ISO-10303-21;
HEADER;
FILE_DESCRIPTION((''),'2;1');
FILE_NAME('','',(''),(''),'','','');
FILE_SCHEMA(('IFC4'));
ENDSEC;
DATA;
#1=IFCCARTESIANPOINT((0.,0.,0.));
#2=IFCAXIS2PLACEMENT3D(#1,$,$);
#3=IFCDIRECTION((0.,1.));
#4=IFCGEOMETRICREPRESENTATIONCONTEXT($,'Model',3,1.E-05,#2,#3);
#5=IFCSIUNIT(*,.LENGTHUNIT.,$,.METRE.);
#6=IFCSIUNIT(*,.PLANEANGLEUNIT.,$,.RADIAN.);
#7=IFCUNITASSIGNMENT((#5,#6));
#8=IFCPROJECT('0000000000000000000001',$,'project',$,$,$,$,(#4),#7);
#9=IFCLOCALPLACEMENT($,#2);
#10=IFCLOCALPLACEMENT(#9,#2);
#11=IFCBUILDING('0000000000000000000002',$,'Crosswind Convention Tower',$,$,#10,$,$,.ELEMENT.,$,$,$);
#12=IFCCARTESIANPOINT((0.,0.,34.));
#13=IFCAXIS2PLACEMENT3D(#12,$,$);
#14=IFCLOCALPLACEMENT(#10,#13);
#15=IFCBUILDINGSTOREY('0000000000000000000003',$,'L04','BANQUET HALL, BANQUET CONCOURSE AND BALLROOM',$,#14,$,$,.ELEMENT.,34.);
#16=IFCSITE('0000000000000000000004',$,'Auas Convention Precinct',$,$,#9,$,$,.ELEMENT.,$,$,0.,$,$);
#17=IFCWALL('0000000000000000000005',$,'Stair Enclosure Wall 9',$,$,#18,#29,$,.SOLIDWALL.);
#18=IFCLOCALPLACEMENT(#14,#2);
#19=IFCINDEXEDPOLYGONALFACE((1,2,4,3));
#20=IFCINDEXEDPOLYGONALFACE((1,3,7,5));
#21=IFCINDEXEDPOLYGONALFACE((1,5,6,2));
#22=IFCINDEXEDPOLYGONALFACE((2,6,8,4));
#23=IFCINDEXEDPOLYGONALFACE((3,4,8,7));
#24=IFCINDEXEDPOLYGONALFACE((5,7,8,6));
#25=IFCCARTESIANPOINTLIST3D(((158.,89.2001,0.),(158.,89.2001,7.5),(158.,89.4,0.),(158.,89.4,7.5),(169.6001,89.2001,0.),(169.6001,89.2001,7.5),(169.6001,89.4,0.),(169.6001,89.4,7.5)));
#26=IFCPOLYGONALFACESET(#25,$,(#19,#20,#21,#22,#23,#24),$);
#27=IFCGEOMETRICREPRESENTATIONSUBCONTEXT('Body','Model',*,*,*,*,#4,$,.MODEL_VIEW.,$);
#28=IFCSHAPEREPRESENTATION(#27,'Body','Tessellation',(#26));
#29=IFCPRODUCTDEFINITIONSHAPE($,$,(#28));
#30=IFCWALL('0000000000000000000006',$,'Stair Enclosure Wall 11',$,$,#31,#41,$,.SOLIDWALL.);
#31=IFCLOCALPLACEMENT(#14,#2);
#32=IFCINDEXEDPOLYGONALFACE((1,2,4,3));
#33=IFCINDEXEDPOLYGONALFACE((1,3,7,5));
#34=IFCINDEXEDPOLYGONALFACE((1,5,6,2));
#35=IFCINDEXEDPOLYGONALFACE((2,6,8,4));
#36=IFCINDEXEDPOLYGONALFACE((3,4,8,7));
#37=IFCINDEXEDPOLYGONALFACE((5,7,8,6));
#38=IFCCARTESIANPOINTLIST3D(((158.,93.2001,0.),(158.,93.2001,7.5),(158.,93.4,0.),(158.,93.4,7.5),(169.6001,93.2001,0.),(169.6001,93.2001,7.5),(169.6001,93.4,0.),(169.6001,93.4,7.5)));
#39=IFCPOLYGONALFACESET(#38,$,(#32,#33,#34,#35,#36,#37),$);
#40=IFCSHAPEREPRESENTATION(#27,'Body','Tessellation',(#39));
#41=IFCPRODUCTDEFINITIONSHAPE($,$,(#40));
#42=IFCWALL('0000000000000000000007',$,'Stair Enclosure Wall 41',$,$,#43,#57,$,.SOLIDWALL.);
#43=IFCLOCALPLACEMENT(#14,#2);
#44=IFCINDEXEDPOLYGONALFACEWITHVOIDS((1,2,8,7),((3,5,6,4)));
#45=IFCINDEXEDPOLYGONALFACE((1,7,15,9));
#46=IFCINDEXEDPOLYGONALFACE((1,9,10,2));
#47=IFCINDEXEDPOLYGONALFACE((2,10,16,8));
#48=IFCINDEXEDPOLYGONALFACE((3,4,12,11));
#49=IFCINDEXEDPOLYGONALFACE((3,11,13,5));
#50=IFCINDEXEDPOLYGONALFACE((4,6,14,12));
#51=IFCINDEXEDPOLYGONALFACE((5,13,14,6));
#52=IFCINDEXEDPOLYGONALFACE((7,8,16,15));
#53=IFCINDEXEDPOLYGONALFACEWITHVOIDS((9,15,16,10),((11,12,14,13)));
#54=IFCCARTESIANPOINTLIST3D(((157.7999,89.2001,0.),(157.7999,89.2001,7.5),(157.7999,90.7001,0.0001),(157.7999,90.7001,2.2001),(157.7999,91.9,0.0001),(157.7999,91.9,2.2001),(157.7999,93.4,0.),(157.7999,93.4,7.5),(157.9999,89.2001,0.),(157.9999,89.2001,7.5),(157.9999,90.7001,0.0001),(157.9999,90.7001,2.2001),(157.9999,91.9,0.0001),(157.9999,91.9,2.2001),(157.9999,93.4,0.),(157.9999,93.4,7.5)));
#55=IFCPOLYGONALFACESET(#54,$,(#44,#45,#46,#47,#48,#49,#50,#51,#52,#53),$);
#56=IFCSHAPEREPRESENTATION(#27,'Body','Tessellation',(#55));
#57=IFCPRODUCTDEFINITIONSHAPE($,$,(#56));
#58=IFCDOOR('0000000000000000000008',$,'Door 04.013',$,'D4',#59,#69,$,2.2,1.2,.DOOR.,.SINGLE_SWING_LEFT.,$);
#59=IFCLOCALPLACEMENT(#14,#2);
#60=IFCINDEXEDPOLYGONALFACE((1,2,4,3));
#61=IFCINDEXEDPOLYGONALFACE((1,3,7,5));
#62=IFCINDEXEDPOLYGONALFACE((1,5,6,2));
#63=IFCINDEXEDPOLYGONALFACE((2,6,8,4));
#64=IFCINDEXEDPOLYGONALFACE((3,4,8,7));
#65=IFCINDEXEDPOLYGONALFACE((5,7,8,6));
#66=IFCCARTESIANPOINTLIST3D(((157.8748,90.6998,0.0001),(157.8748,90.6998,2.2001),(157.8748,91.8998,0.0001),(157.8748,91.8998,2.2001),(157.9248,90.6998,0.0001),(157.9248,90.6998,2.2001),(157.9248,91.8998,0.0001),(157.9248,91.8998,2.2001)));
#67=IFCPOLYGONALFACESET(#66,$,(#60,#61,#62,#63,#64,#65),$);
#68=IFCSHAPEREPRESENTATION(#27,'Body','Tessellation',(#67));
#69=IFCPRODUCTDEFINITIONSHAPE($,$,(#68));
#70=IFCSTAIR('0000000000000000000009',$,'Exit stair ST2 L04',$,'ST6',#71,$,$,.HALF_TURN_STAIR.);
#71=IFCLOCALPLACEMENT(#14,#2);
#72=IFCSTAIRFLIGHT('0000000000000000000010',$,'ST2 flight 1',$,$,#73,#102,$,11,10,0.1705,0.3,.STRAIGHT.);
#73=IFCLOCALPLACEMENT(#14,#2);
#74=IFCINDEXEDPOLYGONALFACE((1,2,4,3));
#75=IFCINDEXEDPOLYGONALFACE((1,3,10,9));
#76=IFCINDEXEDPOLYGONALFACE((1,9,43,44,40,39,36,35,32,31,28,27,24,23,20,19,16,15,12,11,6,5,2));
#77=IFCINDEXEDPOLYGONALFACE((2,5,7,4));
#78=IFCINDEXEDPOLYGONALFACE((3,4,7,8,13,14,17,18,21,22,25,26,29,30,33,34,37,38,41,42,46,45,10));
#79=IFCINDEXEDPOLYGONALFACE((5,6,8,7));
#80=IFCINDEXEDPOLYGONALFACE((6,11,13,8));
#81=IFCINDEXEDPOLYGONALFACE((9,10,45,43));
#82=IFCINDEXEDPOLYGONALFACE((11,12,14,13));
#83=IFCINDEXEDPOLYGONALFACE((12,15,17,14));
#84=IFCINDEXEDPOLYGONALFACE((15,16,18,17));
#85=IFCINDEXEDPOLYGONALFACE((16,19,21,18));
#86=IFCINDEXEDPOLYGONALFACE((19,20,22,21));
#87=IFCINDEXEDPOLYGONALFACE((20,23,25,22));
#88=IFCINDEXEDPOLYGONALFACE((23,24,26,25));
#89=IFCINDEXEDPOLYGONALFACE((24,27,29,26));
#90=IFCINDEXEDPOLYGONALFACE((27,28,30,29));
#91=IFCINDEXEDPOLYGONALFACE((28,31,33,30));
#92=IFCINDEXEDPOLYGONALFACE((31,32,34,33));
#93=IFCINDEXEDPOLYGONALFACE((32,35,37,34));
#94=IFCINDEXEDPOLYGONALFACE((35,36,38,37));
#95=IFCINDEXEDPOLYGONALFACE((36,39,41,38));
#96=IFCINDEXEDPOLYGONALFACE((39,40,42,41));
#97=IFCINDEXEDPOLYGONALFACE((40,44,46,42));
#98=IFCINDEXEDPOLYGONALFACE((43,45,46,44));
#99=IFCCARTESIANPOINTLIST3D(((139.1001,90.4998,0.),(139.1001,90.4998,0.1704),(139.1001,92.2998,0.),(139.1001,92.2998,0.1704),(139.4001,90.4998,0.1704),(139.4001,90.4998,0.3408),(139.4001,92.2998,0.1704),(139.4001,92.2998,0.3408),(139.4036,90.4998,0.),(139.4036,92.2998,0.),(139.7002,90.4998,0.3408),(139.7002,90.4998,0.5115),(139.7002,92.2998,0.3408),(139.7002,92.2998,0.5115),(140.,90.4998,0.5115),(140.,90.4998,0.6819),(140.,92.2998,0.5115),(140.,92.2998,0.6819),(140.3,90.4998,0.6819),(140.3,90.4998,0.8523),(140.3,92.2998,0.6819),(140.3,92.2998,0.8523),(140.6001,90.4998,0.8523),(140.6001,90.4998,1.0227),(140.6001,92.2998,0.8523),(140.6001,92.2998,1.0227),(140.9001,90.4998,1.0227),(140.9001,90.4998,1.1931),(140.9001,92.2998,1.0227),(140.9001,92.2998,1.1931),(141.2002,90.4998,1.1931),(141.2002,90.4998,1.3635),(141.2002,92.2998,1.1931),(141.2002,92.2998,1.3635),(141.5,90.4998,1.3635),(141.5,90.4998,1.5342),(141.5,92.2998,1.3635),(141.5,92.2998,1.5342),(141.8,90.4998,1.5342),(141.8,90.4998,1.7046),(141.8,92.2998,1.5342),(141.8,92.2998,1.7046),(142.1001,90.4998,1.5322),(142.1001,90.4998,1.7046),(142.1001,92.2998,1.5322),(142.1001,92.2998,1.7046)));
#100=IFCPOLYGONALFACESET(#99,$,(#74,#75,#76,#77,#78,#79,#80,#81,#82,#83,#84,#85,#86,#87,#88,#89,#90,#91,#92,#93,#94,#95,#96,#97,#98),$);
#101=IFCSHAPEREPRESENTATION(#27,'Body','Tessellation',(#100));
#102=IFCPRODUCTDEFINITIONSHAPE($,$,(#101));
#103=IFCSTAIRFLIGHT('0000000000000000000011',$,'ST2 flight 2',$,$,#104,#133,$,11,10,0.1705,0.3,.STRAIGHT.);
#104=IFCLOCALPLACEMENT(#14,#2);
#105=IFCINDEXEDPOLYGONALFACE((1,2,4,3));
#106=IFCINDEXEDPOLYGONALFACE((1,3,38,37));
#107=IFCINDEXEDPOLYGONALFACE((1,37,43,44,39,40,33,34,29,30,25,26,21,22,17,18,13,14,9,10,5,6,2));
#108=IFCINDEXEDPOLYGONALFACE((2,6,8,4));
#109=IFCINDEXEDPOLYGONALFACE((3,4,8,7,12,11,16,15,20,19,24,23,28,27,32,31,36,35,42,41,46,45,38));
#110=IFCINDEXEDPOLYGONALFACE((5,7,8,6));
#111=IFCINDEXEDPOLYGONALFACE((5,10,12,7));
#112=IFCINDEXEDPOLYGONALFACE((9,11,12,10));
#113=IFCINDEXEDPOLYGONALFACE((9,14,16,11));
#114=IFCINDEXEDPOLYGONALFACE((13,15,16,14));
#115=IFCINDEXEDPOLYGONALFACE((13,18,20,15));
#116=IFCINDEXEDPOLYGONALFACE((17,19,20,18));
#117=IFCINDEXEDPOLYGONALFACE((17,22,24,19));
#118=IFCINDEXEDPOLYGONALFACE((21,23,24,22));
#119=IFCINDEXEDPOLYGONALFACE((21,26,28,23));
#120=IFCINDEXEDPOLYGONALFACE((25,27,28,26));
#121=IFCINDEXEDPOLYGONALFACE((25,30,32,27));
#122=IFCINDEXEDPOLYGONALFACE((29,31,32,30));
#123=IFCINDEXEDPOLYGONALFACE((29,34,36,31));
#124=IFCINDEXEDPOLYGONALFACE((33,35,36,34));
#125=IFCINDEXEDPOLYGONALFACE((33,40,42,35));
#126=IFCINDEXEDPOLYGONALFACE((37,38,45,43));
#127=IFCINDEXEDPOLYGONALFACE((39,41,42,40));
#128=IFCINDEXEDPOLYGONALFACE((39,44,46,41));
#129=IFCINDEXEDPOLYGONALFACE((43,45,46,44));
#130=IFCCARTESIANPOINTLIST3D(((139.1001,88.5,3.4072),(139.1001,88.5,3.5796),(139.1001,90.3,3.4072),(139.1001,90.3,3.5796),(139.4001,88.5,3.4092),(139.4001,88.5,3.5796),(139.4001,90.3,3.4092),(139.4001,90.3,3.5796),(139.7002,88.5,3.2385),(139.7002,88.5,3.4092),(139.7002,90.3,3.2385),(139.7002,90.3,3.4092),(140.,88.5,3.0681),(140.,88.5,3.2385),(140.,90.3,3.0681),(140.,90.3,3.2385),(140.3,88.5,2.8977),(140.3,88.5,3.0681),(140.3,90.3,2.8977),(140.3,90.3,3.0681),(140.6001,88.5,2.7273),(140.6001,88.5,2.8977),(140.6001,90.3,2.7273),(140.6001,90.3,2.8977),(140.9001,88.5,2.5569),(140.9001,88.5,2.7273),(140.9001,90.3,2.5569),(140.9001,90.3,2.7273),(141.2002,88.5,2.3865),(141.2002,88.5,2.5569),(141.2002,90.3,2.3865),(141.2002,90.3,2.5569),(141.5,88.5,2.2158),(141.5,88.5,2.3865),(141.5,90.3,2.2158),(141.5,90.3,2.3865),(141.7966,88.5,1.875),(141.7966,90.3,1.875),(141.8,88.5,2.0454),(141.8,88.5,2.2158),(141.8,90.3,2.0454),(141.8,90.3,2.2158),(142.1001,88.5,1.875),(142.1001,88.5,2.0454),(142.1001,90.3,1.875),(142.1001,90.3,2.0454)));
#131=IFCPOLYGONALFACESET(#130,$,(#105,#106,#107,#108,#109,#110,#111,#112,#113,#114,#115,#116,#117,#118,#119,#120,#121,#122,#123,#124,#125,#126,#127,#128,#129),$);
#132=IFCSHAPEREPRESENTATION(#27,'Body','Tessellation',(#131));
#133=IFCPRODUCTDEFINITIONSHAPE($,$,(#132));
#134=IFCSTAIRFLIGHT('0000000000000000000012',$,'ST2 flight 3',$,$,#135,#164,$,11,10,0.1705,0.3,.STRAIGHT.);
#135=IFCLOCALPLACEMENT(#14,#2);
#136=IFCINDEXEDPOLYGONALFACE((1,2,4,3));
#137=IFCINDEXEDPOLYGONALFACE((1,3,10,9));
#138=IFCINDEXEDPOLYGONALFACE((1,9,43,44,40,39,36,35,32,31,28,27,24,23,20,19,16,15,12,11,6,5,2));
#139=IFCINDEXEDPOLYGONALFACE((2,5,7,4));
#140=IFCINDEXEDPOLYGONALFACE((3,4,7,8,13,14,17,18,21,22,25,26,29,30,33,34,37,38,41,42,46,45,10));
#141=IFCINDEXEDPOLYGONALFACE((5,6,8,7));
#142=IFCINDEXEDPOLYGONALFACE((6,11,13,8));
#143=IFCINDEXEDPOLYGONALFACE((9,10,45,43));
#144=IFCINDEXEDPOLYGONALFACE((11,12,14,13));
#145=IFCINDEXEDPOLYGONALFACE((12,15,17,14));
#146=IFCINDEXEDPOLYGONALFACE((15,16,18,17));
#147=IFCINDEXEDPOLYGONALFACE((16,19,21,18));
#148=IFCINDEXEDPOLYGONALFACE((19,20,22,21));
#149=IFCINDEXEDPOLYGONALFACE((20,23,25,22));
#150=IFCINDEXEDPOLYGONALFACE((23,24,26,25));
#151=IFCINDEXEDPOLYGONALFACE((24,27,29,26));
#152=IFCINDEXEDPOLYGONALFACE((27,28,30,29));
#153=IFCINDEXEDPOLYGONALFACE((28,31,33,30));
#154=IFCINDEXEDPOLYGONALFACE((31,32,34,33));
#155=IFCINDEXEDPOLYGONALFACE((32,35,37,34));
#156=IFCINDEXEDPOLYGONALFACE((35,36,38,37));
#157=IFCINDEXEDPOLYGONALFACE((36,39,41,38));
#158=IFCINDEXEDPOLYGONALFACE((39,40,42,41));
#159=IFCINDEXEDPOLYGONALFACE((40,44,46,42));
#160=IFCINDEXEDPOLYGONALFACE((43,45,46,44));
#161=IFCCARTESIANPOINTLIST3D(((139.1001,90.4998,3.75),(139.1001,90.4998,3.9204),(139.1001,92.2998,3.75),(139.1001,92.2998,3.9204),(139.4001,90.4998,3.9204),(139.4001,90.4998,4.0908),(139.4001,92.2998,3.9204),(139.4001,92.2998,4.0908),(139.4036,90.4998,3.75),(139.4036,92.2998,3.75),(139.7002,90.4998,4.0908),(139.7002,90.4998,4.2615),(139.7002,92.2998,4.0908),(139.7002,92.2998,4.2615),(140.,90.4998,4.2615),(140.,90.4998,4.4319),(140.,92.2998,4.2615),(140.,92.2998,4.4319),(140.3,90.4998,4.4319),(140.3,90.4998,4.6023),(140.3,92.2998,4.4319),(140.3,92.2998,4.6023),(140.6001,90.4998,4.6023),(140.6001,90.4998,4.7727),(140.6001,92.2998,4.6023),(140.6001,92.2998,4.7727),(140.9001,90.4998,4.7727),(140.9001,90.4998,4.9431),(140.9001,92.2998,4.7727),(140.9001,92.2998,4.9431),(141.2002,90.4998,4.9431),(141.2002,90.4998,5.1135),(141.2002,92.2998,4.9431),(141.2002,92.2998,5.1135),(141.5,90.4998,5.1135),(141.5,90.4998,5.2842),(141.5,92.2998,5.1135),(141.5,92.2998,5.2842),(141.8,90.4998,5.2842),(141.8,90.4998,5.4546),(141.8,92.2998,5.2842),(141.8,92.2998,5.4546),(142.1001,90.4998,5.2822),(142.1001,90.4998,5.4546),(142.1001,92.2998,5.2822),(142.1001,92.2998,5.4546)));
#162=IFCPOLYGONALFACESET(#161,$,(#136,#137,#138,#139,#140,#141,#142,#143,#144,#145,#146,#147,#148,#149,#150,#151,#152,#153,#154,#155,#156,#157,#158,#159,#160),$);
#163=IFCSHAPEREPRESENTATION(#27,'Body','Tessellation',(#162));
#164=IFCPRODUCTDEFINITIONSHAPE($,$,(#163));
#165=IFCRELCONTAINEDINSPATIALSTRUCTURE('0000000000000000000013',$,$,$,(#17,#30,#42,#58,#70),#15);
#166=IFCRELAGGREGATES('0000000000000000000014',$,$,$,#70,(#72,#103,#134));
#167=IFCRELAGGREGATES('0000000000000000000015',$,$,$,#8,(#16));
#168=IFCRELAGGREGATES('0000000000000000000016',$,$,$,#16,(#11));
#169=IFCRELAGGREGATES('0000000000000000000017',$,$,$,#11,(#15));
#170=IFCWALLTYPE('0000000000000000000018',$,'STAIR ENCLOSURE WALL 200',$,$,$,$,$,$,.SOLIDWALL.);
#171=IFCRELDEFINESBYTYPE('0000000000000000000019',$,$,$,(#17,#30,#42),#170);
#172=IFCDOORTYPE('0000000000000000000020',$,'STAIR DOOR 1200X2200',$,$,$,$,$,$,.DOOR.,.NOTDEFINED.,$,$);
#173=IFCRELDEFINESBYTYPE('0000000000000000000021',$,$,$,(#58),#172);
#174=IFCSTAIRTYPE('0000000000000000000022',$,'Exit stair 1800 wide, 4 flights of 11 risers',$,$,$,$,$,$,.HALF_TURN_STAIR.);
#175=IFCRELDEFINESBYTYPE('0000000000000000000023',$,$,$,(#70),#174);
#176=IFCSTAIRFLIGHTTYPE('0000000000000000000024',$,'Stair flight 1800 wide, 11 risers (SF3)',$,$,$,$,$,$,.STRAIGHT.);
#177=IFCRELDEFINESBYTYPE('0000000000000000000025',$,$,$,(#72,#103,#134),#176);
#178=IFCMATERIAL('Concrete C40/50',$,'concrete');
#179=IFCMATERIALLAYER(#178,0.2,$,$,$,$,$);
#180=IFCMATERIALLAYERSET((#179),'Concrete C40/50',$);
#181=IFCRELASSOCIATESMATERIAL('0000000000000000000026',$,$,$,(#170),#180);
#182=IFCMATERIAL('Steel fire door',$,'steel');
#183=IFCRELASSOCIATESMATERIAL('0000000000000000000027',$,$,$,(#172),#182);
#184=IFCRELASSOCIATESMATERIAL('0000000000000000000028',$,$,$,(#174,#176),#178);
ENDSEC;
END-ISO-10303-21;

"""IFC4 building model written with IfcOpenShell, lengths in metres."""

from ifc_helpers import new_model, si_unit, direction, frame, frame_2d, origin, place, context, subcontext, project, spatial, polyline, rectangle, outline, extrude, material, layer, layer_set, type_object, element, fill, aggregate, save


model = new_model("IFC4")

# Units and contexts
model_context = context("Model", 3, precision=1e-05, world=origin(), true_north=direction((0.0, 1.0)))
body_context = subcontext(model_context, "Body", "Model", "MODEL_VIEW")
ifc_project = project(units=[si_unit("LENGTHUNIT", "METRE"), si_unit("PLANEANGLEUNIT", "RADIAN")], contexts=[model_context])

# Site, building, storey
site_placement = place(None, origin())
site = spatial("IfcSite", under=ifc_project, at=site_placement, Name="Auas Convention Precinct", CompositionType="ELEMENT", RefElevation=0.0)
building_placement = place(site_placement, origin())
building = spatial("IfcBuilding", under=site, at=building_placement, Name="Crosswind Convention Tower", CompositionType="ELEMENT")
storey_placement = place(building_placement, frame((0.0, 0.0, 34.0)))
storey = spatial("IfcBuildingStorey", under=building, at=storey_placement, Name="L04", Description="BANQUET HALL, BANQUET CONCOURSE AND BALLROOM", CompositionType="ELEMENT", Elevation=34.0)

# Shared definitions
ifc_material_1 = material(Name="Steel fire door", Category="steel")

# Walls
ifc_material_2 = material(Name="Concrete C40/50", Category="concrete")
ifc_layer_1 = layer(ifc_material_2, 0.2)
ifc_layer_set_1 = layer_set([ifc_layer_1], Name="Concrete C40/50")
wall_type_1 = type_object("IfcWallType", Name="STAIR ENCLOSURE WALL 200", PredefinedType="SOLIDWALL", material=ifc_layer_set_1)
for number, where, z_axis, x_axis, name in (
    (1, (158.0, 89.3, 0.0), (0.0, 0.0, 1.0), (1.0, 0.0, 0.0), "Stair Enclosure Wall 9"),
    (2, (158.0, 93.3, 0.0), (0.0, 0.0, 1.0), (1.0, 0.0, 0.0), "Stair Enclosure Wall 11"),
):
    element("IfcWall", number, at=place(storey_placement, frame(where, z_axis=z_axis, x_axis=x_axis)), inside=storey, type_object=wall_type_1, Name=name, PredefinedType="SOLIDWALL", context=body_context, shape_type="SweptSolid", body=[
        extrude(rectangle(XDim=11.6001, YDim=0.2, at=frame_2d((5.8, 0.0))), origin(), (0.0, 0.0, 1.0), 7.5),
    ])

# Wall, opening, door
wall_1_placement = place(storey_placement, frame((157.8999, 89.2, 0.0), z_axis=(0.0, 0.0, 1.0), x_axis=(0.0, 1.0, 0.0)))
wall_1 = element("IfcWall", 3, at=wall_1_placement, inside=storey, type_object=wall_type_1, Name="Stair Enclosure Wall 41", PredefinedType="SOLIDWALL", context=body_context, shape_type="SweptSolid", body=[
    extrude(rectangle(XDim=4.2, YDim=0.2, at=frame_2d((2.1001, 0.0))), origin(), (0.0, 0.0, 1.0), 7.5),
])
opening_1_placement = place(wall_1_placement, frame((1.5, 0.0, 0.0)))
opening_1 = element("IfcOpeningElement", 4, at=opening_1_placement, cuts=wall_1, PredefinedType="OPENING", context=body_context, shape_type="SweptSolid", body=[
    extrude(rectangle(XDim=1.2, YDim=2.2, at=frame_2d((0.6001, 1.1001))), frame((0.0, 0.1099, 0.0), z_axis=(0.0, -1.0, 0.0), x_axis=(1.0, 0.0, 0.0)), (0.0, 0.0, 1.0), 0.22),
])
door_type_1 = type_object("IfcDoorType", Name="STAIR DOOR 1200X2200", OperationType="NOTDEFINED", PredefinedType="DOOR", material=ifc_material_1)
door_1_placement = place(opening_1_placement, frame((1.2, 0.0, 0.0), z_axis=(0.0, 0.0, 1.0), x_axis=(-1.0, 0.0, 0.0)))
door_1 = element("IfcDoor", 5, at=door_1_placement, inside=storey, type_object=door_type_1, Name="Door 04.013", ObjectType="D4", OperationType="SINGLE_SWING_LEFT", OverallHeight=2.2, OverallWidth=1.2, PredefinedType="DOOR", context=body_context, shape_type="SweptSolid", body=[
    extrude(rectangle(XDim=1.2, YDim=2.2, at=frame_2d((0.6001, 1.1001))), frame((0.0, 0.0249, 0.0), z_axis=(0.0, -1.0, 0.0), x_axis=(1.0, 0.0, 0.0)), (0.0, 0.0, 1.0), 0.05),
])
fill(opening_1, door_1)

# Stair, stair flights
stair_type = type_object("IfcStairType", Name="Exit stair 1800 wide, 4 flights of 11 risers", PredefinedType="HALF_TURN_STAIR", material=ifc_material_2)
stair_placement = place(storey_placement, origin())
stair = element("IfcStair", 6, at=stair_placement, inside=storey, type_object=stair_type, Name="Exit stair ST2 L04", ObjectType="ST6", PredefinedType="HALF_TURN_STAIR")
stair_flight_type = type_object("IfcStairFlightType", Name="Stair flight 1800 wide, 11 risers (SF3)", PredefinedType="STRAIGHT", material=ifc_material_2)
stair_flight_1_placement = place(storey_placement, frame((139.1001, 91.3999, 0.0), z_axis=(0.0, 0.0, 1.0), x_axis=(1.0, 0.0, 0.0)))
stair_flight_1 = element("IfcStairFlight", 7, at=stair_flight_1_placement, type_object=stair_flight_type, Name="ST2 flight 1", NumberOfRisers=11, NumberOfTreads=10, PredefinedType="STRAIGHT", RiserHeight=0.1705, TreadLength=0.3, context=body_context, shape_type="SweptSolid", body=[
    extrude(outline(polyline([(0.0, 0.0), (0.0, 0.1704), (0.3, 0.1704), (0.3, 0.3408), (0.6001, 0.3408), (0.6001, 0.5115), (0.8999, 0.5115), (0.8999, 0.6819), (1.2, 0.6819), (1.2, 0.8523), (1.5, 0.8523), (1.5, 1.0227), (1.8, 1.0227), (1.8, 1.1931), (2.1001, 1.1931), (2.1001, 1.3635), (2.3999, 1.3635), (2.3999, 1.5342), (2.7, 1.5342), (2.7, 1.7046), (3.0, 1.7046), (3.0, 1.875), (3.0, 1.5322), (0.3035, 0.0), (0.0, 0.0)])), frame((0.0, 0.8999, 0.0), z_axis=(0.0, -1.0, 0.0), x_axis=(1.0, 0.0, 0.0)), (0.0, 0.0, 1.0), 1.8),
])
stair_flight_2_placement = place(storey_placement, frame((142.1001, 89.3999, 1.875), z_axis=(0.0, 0.0, 1.0), x_axis=(-1.0, 0.0, 0.0)))
stair_flight_2 = element("IfcStairFlight", 8, at=stair_flight_2_placement, type_object=stair_flight_type, Name="ST2 flight 2", NumberOfRisers=11, NumberOfTreads=10, PredefinedType="STRAIGHT", RiserHeight=0.1705, TreadLength=0.3, context=body_context, shape_type="SweptSolid", body=[
    extrude(outline(polyline([(0.0, 0.0), (0.0, 0.1704), (0.3, 0.1704), (0.3, 0.3408), (0.6001, 0.3408), (0.6001, 0.5115), (0.8999, 0.5115), (0.8999, 0.6819), (1.2, 0.6819), (1.2, 0.8523), (1.5, 0.8523), (1.5, 1.0227), (1.8, 1.0227), (1.8, 1.1931), (2.1001, 1.1931), (2.1001, 1.3635), (2.3999, 1.3635), (2.3999, 1.5342), (2.7, 1.5342), (2.7, 1.7046), (3.0, 1.7046), (3.0, 1.875), (3.0, 1.5322), (0.3035, 0.0), (0.0, 0.0)])), frame((0.0, 0.8999, 0.0), z_axis=(0.0, -1.0, 0.0), x_axis=(1.0, 0.0, 0.0)), (0.0, 0.0, 1.0), 1.8),
])
stair_flight_3_placement = place(storey_placement, frame((139.1001, 91.3999, 3.75), z_axis=(0.0, 0.0, 1.0), x_axis=(1.0, 0.0, 0.0)))
stair_flight_3 = element("IfcStairFlight", 9, at=stair_flight_3_placement, type_object=stair_flight_type, Name="ST2 flight 3", NumberOfRisers=11, NumberOfTreads=10, PredefinedType="STRAIGHT", RiserHeight=0.1705, TreadLength=0.3, context=body_context, shape_type="SweptSolid", body=[
    extrude(outline(polyline([(0.0, 0.0), (0.0, 0.1704), (0.3, 0.1704), (0.3, 0.3408), (0.6001, 0.3408), (0.6001, 0.5115), (0.8999, 0.5115), (0.8999, 0.6819), (1.2, 0.6819), (1.2, 0.8523), (1.5, 0.8523), (1.5, 1.0227), (1.8, 1.0227), (1.8, 1.1931), (2.1001, 1.1931), (2.1001, 1.3635), (2.3999, 1.3635), (2.3999, 1.5342), (2.7, 1.5342), (2.7, 1.7046), (3.0, 1.7046), (3.0, 1.875), (3.0, 1.5322), (0.3035, 0.0), (0.0, 0.0)])), frame((0.0, 0.8999, 0.0), z_axis=(0.0, -1.0, 0.0), x_axis=(1.0, 0.0, 0.0)), (0.0, 0.0, 1.0), 1.8),
])
aggregate(stair, [stair_flight_1, stair_flight_2, stair_flight_3])

save(model, "model.ifc")
